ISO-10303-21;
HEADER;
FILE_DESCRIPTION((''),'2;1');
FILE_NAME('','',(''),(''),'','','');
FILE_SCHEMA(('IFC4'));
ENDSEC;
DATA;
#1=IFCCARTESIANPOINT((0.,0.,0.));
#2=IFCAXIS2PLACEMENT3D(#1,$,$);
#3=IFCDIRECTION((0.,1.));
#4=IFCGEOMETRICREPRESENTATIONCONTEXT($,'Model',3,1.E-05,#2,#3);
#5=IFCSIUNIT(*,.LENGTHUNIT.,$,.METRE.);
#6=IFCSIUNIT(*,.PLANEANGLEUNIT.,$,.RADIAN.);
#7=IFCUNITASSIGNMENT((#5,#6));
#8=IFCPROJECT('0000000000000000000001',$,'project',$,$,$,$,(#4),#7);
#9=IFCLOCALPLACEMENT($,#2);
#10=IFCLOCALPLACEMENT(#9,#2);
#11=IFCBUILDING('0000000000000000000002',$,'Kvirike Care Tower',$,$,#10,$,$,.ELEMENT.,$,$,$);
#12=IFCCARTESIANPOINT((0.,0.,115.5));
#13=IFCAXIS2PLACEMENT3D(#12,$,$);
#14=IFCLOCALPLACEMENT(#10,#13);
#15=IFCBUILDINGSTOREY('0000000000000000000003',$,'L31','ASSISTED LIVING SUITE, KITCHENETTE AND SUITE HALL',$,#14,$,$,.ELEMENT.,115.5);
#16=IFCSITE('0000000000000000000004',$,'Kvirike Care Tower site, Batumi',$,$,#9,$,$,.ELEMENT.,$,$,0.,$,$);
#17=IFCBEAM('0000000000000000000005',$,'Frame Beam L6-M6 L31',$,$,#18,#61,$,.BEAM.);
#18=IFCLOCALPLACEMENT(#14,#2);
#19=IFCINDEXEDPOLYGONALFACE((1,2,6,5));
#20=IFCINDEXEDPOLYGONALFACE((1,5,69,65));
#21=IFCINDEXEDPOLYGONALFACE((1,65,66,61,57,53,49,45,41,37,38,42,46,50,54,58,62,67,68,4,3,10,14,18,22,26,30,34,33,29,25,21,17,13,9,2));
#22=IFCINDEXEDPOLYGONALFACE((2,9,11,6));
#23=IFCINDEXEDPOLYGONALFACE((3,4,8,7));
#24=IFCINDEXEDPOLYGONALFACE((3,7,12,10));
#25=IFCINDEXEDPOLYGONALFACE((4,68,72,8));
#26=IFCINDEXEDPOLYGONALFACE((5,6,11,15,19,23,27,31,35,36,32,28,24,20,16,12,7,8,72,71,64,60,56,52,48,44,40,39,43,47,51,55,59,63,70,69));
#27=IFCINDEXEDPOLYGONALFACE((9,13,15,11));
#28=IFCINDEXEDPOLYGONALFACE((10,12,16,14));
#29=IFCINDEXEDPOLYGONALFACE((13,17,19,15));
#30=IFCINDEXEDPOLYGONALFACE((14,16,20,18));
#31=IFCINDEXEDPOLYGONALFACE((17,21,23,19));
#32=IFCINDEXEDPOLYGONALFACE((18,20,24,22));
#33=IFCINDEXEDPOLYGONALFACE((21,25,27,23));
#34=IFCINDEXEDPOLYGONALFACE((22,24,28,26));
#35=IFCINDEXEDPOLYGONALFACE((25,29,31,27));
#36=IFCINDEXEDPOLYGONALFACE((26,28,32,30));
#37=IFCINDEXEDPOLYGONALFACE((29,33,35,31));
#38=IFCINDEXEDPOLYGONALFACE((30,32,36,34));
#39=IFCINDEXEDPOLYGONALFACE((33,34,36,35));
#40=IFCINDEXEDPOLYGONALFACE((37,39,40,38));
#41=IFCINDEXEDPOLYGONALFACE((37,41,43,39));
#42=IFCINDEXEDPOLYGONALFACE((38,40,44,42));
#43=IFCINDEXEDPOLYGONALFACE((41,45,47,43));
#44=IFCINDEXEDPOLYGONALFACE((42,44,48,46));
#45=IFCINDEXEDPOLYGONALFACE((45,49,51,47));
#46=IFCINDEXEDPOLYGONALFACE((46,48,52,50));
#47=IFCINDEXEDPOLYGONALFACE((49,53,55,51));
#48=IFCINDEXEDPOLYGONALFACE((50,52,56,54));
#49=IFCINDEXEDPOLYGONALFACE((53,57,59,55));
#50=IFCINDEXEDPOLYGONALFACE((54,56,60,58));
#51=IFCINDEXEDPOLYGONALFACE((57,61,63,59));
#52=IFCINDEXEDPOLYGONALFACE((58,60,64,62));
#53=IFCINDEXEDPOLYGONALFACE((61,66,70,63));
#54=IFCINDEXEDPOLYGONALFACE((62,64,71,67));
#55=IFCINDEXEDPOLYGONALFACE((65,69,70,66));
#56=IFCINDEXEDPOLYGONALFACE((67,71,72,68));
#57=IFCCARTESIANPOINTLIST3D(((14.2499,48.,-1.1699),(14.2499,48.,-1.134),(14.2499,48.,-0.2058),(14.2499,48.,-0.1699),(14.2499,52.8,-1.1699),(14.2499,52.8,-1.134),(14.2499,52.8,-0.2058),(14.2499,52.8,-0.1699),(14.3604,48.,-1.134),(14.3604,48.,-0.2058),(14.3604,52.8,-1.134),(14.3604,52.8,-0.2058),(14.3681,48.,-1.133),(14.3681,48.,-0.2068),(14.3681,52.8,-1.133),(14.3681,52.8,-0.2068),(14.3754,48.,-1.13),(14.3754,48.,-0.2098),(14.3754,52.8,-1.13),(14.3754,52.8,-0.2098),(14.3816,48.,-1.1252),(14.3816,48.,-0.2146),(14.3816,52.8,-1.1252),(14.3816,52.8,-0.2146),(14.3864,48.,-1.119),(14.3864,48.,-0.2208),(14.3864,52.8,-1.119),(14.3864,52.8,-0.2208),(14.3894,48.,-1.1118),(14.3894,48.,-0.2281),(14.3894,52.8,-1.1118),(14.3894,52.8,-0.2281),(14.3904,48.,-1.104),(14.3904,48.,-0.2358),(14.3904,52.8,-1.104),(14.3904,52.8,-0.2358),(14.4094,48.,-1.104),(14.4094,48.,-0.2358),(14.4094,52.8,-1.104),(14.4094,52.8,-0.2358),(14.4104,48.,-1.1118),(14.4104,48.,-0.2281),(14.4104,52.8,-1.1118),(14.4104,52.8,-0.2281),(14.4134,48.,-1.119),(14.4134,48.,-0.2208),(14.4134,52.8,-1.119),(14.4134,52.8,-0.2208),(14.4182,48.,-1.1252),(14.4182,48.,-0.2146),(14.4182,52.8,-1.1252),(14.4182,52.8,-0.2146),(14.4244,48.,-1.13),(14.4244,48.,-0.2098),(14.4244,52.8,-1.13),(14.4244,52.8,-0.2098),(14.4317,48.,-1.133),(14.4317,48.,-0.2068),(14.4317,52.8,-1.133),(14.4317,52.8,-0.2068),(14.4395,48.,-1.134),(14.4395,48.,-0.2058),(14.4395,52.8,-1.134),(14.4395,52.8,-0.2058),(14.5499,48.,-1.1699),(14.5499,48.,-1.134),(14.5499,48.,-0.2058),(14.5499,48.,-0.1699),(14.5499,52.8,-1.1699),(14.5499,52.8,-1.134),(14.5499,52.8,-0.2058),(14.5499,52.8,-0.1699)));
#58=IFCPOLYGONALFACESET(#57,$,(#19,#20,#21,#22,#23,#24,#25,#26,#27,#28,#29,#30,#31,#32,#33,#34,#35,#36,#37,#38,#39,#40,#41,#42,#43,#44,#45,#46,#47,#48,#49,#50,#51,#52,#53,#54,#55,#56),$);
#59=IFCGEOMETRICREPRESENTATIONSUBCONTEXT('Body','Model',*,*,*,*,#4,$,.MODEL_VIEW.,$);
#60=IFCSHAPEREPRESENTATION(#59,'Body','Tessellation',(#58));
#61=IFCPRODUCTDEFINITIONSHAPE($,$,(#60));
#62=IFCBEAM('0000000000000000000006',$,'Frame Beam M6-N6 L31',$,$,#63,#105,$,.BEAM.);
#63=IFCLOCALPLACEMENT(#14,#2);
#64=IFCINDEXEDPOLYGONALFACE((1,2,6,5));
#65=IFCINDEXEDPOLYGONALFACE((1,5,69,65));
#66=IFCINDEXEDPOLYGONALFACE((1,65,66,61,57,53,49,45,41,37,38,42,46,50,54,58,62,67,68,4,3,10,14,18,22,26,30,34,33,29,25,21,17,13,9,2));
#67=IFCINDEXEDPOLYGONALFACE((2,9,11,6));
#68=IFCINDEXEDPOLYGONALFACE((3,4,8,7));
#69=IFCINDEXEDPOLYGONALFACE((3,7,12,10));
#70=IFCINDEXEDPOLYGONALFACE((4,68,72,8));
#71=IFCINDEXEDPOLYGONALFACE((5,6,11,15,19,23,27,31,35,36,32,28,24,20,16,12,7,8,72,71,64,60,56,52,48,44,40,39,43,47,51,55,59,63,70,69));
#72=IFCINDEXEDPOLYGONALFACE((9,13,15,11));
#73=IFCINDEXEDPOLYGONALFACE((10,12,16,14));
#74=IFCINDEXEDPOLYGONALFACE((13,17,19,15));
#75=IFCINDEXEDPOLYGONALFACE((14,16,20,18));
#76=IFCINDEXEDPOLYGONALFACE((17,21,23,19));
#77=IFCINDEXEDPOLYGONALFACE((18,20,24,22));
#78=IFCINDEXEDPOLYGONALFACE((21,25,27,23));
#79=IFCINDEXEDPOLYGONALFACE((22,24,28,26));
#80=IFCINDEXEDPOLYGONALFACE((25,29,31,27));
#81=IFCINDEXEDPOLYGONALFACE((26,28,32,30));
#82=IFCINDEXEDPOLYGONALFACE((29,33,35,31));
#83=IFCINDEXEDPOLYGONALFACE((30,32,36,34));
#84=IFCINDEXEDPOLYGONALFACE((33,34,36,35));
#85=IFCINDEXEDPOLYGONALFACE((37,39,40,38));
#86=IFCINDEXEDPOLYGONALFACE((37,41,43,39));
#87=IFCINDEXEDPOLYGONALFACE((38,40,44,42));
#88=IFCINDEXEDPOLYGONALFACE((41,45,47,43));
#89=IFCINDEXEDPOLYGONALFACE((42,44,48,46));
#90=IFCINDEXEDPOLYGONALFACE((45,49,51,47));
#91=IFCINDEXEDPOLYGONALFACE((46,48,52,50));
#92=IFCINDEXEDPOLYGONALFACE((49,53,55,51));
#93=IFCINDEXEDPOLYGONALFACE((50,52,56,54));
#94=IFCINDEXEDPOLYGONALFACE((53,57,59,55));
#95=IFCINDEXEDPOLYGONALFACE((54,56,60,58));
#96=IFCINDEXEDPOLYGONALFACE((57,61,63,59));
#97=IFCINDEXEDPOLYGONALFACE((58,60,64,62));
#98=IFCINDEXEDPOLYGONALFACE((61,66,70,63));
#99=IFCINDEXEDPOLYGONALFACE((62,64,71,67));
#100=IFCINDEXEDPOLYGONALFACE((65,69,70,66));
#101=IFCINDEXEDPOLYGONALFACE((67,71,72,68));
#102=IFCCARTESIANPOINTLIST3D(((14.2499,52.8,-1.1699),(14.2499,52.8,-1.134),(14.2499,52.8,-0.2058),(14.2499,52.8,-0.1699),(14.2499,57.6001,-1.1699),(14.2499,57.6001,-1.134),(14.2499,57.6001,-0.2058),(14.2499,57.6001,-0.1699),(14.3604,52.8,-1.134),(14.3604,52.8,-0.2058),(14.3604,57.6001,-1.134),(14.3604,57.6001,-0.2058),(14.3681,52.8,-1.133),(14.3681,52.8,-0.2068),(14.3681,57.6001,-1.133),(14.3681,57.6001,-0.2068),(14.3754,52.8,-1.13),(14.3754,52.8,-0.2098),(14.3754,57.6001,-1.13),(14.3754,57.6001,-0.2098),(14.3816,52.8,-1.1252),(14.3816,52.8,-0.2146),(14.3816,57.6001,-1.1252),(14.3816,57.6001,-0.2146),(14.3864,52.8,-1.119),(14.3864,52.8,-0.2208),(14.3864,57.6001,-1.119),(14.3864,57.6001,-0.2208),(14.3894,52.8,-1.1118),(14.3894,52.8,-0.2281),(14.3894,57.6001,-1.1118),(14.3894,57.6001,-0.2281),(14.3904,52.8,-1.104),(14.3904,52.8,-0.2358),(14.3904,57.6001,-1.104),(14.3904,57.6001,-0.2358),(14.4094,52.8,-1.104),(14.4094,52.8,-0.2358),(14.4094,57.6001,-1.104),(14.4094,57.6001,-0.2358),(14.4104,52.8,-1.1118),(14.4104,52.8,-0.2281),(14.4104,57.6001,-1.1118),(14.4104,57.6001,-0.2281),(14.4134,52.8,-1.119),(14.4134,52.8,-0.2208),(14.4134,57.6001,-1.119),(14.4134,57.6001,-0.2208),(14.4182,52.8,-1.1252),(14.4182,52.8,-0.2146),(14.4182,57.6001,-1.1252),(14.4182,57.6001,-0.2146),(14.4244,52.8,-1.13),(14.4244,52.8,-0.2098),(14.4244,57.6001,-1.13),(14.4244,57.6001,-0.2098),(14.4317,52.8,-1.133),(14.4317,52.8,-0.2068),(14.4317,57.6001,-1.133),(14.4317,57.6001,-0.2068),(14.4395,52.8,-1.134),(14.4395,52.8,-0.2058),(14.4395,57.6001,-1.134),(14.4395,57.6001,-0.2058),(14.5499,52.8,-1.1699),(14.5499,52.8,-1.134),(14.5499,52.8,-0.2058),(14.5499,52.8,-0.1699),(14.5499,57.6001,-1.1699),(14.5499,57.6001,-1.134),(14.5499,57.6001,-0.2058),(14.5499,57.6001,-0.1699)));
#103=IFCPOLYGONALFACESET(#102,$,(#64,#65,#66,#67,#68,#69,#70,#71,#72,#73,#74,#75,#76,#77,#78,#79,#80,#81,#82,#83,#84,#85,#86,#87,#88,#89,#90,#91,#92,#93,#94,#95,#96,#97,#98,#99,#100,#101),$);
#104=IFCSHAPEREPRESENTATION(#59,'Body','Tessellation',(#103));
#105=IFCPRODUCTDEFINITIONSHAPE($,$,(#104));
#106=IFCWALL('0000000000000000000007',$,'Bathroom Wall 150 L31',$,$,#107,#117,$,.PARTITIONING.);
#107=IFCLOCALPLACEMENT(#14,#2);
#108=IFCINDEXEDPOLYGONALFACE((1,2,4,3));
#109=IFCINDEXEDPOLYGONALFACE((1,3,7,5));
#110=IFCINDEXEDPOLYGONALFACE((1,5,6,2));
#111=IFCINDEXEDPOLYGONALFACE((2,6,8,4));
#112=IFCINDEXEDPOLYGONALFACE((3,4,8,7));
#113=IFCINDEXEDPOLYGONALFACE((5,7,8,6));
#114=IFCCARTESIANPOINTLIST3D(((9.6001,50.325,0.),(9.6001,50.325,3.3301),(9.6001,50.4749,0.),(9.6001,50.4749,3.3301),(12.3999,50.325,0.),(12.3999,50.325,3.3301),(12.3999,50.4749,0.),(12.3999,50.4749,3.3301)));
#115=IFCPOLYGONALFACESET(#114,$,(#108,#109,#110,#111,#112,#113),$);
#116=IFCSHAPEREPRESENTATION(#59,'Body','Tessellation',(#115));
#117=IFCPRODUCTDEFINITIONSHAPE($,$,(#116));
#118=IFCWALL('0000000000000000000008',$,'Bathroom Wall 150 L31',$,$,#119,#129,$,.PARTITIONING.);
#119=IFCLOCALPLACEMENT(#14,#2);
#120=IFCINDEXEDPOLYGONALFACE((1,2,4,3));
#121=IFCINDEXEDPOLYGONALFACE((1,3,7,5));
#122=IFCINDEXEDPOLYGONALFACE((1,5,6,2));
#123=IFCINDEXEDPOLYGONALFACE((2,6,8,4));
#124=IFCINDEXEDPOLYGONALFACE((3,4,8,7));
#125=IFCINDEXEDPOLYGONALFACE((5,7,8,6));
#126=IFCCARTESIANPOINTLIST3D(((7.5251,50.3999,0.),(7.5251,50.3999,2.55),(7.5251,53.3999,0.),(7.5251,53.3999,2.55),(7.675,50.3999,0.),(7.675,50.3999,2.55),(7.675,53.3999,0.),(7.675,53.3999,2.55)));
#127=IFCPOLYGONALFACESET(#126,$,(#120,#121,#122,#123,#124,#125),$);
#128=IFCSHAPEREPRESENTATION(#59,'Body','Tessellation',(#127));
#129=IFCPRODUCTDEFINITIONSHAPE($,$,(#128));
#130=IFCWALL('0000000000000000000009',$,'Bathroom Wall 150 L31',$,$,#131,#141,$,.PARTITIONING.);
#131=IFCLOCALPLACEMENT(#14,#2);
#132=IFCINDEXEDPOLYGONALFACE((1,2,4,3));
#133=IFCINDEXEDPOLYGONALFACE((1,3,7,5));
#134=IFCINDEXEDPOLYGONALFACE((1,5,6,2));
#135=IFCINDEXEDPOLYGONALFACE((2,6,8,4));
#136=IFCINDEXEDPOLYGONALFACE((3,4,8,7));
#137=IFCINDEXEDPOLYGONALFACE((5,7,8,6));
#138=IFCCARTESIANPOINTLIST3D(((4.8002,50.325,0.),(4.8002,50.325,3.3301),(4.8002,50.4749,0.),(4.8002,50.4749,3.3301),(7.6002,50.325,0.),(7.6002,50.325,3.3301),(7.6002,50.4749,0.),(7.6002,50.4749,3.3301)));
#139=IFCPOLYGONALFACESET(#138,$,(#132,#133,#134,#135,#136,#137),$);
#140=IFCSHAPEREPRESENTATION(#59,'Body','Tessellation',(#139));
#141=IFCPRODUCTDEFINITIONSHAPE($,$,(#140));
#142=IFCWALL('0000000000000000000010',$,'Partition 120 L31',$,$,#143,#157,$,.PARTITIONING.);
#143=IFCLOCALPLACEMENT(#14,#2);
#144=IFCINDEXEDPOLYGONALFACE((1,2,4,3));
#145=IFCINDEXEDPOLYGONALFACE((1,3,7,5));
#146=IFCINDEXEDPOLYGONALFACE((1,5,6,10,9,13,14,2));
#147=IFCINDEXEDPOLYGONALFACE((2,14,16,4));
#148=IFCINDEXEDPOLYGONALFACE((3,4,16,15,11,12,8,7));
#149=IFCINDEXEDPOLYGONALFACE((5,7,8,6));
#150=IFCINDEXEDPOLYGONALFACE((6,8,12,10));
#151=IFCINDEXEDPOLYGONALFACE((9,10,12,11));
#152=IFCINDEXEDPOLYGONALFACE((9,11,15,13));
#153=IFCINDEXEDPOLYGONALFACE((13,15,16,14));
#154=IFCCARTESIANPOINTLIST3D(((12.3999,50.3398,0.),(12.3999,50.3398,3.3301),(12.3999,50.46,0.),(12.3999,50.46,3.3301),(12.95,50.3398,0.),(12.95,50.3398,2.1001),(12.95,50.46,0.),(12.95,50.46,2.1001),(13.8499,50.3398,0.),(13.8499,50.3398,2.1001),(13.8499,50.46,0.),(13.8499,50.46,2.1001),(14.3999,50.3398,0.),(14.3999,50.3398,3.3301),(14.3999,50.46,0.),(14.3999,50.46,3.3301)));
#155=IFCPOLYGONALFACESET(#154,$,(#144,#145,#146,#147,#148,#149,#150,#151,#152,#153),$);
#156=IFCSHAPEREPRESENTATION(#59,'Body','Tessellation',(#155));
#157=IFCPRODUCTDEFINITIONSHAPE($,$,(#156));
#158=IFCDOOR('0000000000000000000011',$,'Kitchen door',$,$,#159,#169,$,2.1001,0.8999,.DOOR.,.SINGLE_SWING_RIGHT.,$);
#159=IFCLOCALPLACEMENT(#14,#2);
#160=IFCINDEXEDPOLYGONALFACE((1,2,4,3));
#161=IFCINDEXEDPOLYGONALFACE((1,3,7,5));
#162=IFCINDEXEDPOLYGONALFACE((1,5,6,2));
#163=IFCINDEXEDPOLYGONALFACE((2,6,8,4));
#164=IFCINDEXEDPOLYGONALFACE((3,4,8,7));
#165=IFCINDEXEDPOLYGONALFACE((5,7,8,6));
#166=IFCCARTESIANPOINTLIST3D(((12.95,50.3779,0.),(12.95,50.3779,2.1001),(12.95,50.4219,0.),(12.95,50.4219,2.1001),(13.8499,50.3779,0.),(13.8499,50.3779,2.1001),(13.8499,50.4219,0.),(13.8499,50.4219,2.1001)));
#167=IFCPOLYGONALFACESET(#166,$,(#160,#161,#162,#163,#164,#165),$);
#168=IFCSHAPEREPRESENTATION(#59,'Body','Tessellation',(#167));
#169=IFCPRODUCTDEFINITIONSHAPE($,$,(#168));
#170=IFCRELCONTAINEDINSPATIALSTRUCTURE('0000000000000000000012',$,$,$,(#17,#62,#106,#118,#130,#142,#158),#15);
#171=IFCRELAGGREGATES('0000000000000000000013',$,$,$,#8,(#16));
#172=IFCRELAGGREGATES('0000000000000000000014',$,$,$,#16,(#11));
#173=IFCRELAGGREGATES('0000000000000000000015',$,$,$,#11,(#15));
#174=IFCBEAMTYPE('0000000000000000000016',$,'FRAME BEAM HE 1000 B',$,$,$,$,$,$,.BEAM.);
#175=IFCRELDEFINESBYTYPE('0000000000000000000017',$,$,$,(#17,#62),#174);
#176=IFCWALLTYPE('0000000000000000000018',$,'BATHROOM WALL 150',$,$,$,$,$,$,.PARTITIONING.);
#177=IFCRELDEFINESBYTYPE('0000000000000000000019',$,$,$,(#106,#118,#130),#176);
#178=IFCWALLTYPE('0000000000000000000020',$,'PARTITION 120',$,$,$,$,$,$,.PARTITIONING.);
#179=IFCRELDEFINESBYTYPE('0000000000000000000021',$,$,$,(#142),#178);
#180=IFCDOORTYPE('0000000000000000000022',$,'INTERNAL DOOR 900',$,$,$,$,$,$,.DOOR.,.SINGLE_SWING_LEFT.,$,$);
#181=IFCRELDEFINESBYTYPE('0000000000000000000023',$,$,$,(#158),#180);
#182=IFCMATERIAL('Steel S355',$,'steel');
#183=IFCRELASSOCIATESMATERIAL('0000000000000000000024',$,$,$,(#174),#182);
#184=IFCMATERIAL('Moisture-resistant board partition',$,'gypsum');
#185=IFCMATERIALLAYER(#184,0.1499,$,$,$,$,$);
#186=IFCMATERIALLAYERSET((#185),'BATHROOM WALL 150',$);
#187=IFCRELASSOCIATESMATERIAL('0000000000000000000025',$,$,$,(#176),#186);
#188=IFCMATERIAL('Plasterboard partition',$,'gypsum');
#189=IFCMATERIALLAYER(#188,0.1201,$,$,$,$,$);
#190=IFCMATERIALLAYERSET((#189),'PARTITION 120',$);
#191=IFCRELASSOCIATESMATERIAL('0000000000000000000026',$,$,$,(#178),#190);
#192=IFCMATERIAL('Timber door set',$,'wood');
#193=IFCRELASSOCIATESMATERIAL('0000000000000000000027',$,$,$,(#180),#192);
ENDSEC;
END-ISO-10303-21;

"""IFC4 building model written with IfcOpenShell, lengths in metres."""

from ifc_helpers import new_model, si_unit, direction, frame, frame_2d, origin, origin_2d, place, context, subcontext, project, spatial, rectangle, i_section, extrude, material, layer, layer_set, material_profile, profile_set, type_object, element, fill, save


model = new_model("IFC4")

# Units and contexts
model_context = context("Model", 3, precision=1e-05, world=origin(), true_north=direction((0.0, 1.0)))
body_context = subcontext(model_context, "Body", "Model", "MODEL_VIEW")
ifc_project = project(units=[si_unit("LENGTHUNIT", "METRE"), si_unit("PLANEANGLEUNIT", "RADIAN")], contexts=[model_context])

# Site, building, storey
site_placement = place(None, origin())
site = spatial("IfcSite", under=ifc_project, at=site_placement, Name="Kvirike Care Tower site, Batumi", CompositionType="ELEMENT", RefElevation=0.0)
building_placement = place(site_placement, origin())
building = spatial("IfcBuilding", under=site, at=building_placement, Name="Kvirike Care Tower", CompositionType="ELEMENT")
storey_placement = place(building_placement, frame((0.0, 0.0, 115.5)))
storey = spatial("IfcBuildingStorey", under=building, at=storey_placement, Name="L31", Description="ASSISTED LIVING SUITE, KITCHENETTE AND SUITE HALL", CompositionType="ELEMENT", Elevation=115.5)

# Beams
ifc_material_1 = material(Name="Steel S355", Category="steel")
ifc_material_profile_1 = material_profile(ifc_material_1, i_section(OverallWidth=0.3, OverallDepth=1.0, WebThickness=0.019, FlangeThickness=0.0359, FilletRadius=0.03, at=origin_2d()), Name="HE 1000 B")
ifc_profile_set_1 = profile_set([ifc_material_profile_1], Name="Steel S355")
beam_type_1 = type_object("IfcBeamType", Name="FRAME BEAM HE 1000 B", PredefinedType="BEAM", material=ifc_profile_set_1)
for number, where, z_axis, x_axis, name in (
    (1, (14.3999, 48.0, -0.6699), (0.0, 1.0, 0.0), (-1.0, 0.0, 0.0), "Frame Beam L6-M6 L31"),
    (2, (14.3999, 52.8, -0.6699), (0.0, 1.0, 0.0), (-1.0, 0.0, 0.0), "Frame Beam M6-N6 L31"),
):
    element("IfcBeam", number, at=place(storey_placement, frame(where, z_axis=z_axis, x_axis=x_axis)), inside=storey, type_object=beam_type_1, Name=name, PredefinedType="BEAM", context=body_context, shape_type="SweptSolid", body=[
        extrude(i_section(OverallWidth=0.3, OverallDepth=1.0, WebThickness=0.019, FlangeThickness=0.0359, FilletRadius=0.03, at=origin_2d()), origin(), (0.0, 0.0, 1.0), 4.8),
    ])

# Walls
ifc_material_2 = material(Name="Moisture-resistant board partition", Category="gypsum")
ifc_layer_1 = layer(ifc_material_2, 0.1499)
ifc_layer_set_1 = layer_set([ifc_layer_1], Name="BATHROOM WALL 150")
wall_type_1 = type_object("IfcWallType", Name="BATHROOM WALL 150", PredefinedType="PARTITIONING", material=ifc_layer_set_1)
wall_1_placement = place(storey_placement, frame((12.3999, 50.3999, 0.0), z_axis=(0.0, 0.0, 1.0), x_axis=(-1.0, 0.0, 0.0)))
element("IfcWall", 3, at=wall_1_placement, inside=storey, type_object=wall_type_1, Name="Bathroom Wall 150 L31", PredefinedType="PARTITIONING", context=body_context, shape_type="SweptSolid", body=[
    extrude(rectangle(XDim=2.7998, YDim=0.1499, at=frame_2d((1.3999, 0.0))), origin(), (0.0, 0.0, 1.0), 3.3301),
])
wall_2_placement = place(storey_placement, frame((7.6001, 53.3999, 0.0), z_axis=(0.0, 0.0, 1.0), x_axis=(0.0, -1.0, 0.0)))
element("IfcWall", 4, at=wall_2_placement, inside=storey, type_object=wall_type_1, Name="Bathroom Wall 150 L31", PredefinedType="PARTITIONING", context=body_context, shape_type="SweptSolid", body=[
    extrude(rectangle(XDim=3.0, YDim=0.1499, at=frame_2d((1.5, 0.0))), origin(), (0.0, 0.0, 1.0), 2.55),
])
wall_3_placement = place(storey_placement, frame((7.6001, 50.3999, 0.0), z_axis=(0.0, 0.0, 1.0), x_axis=(-1.0, 0.0, 0.0)))
element("IfcWall", 5, at=wall_3_placement, inside=storey, type_object=wall_type_1, Name="Bathroom Wall 150 L31", PredefinedType="PARTITIONING", context=body_context, shape_type="SweptSolid", body=[
    extrude(rectangle(XDim=2.8, YDim=0.1499, at=frame_2d((1.3999, 0.0))), origin(), (0.0, 0.0, 1.0), 3.3301),
])

# Wall, opening, door
ifc_material_3 = material(Name="Plasterboard partition", Category="gypsum")
ifc_layer_2 = layer(ifc_material_3, 0.1201)
ifc_layer_set_2 = layer_set([ifc_layer_2], Name="PARTITION 120")
wall_type_2 = type_object("IfcWallType", Name="PARTITION 120", PredefinedType="PARTITIONING", material=ifc_layer_set_2)
wall_4_placement = place(storey_placement, frame((14.3999, 50.3999, 0.0), z_axis=(0.0, 0.0, 1.0), x_axis=(-1.0, 0.0, 0.0)))
wall_4 = element("IfcWall", 6, at=wall_4_placement, inside=storey, type_object=wall_type_2, Name="Partition 120 L31", PredefinedType="PARTITIONING", context=body_context, shape_type="SweptSolid", body=[
    extrude(rectangle(XDim=2.0, YDim=0.1201, at=frame_2d((1.0, 0.0))), origin(), (0.0, 0.0, 1.0), 3.3301),
])
opening_1_placement = place(wall_4_placement, frame((0.55, 0.0, 0.0)))
opening_1 = element("IfcOpeningElement", 7, at=opening_1_placement, cuts=wall_4, PredefinedType="OPENING", context=body_context, shape_type="SweptSolid", body=[
    extrude(rectangle(XDim=0.8999, YDim=2.1001, at=frame_2d((0.45, 1.05))), frame((0.0, 0.0706, 0.0), z_axis=(0.0, -1.0, 0.0), x_axis=(1.0, 0.0, 0.0)), (0.0, 0.0, 1.0), 0.1411),
])
ifc_material_4 = material(Name="Timber door set", Category="wood")
door_type_1 = type_object("IfcDoorType", Name="INTERNAL DOOR 900", OperationType="SINGLE_SWING_LEFT", PredefinedType="DOOR", material=ifc_material_4)
door_1_placement = place(opening_1_placement, frame((0.8999, 0.0, 0.0), z_axis=(0.0, 0.0, 1.0), x_axis=(-1.0, 0.0, 0.0)))
door_1 = element("IfcDoor", 8, at=door_1_placement, inside=storey, type_object=door_type_1, Name="Kitchen door", OperationType="SINGLE_SWING_RIGHT", OverallHeight=2.1001, OverallWidth=0.8999, PredefinedType="DOOR", context=body_context, shape_type="SweptSolid", body=[
    extrude(rectangle(XDim=0.8999, YDim=2.1001, at=frame_2d((0.45, 1.05))), frame((0.0, 0.022, 0.0), z_axis=(0.0, -1.0, 0.0), x_axis=(1.0, 0.0, 0.0)), (0.0, 0.0, 1.0), 0.0439),
])
fill(opening_1, door_1)

save(model, "model.ifc")
